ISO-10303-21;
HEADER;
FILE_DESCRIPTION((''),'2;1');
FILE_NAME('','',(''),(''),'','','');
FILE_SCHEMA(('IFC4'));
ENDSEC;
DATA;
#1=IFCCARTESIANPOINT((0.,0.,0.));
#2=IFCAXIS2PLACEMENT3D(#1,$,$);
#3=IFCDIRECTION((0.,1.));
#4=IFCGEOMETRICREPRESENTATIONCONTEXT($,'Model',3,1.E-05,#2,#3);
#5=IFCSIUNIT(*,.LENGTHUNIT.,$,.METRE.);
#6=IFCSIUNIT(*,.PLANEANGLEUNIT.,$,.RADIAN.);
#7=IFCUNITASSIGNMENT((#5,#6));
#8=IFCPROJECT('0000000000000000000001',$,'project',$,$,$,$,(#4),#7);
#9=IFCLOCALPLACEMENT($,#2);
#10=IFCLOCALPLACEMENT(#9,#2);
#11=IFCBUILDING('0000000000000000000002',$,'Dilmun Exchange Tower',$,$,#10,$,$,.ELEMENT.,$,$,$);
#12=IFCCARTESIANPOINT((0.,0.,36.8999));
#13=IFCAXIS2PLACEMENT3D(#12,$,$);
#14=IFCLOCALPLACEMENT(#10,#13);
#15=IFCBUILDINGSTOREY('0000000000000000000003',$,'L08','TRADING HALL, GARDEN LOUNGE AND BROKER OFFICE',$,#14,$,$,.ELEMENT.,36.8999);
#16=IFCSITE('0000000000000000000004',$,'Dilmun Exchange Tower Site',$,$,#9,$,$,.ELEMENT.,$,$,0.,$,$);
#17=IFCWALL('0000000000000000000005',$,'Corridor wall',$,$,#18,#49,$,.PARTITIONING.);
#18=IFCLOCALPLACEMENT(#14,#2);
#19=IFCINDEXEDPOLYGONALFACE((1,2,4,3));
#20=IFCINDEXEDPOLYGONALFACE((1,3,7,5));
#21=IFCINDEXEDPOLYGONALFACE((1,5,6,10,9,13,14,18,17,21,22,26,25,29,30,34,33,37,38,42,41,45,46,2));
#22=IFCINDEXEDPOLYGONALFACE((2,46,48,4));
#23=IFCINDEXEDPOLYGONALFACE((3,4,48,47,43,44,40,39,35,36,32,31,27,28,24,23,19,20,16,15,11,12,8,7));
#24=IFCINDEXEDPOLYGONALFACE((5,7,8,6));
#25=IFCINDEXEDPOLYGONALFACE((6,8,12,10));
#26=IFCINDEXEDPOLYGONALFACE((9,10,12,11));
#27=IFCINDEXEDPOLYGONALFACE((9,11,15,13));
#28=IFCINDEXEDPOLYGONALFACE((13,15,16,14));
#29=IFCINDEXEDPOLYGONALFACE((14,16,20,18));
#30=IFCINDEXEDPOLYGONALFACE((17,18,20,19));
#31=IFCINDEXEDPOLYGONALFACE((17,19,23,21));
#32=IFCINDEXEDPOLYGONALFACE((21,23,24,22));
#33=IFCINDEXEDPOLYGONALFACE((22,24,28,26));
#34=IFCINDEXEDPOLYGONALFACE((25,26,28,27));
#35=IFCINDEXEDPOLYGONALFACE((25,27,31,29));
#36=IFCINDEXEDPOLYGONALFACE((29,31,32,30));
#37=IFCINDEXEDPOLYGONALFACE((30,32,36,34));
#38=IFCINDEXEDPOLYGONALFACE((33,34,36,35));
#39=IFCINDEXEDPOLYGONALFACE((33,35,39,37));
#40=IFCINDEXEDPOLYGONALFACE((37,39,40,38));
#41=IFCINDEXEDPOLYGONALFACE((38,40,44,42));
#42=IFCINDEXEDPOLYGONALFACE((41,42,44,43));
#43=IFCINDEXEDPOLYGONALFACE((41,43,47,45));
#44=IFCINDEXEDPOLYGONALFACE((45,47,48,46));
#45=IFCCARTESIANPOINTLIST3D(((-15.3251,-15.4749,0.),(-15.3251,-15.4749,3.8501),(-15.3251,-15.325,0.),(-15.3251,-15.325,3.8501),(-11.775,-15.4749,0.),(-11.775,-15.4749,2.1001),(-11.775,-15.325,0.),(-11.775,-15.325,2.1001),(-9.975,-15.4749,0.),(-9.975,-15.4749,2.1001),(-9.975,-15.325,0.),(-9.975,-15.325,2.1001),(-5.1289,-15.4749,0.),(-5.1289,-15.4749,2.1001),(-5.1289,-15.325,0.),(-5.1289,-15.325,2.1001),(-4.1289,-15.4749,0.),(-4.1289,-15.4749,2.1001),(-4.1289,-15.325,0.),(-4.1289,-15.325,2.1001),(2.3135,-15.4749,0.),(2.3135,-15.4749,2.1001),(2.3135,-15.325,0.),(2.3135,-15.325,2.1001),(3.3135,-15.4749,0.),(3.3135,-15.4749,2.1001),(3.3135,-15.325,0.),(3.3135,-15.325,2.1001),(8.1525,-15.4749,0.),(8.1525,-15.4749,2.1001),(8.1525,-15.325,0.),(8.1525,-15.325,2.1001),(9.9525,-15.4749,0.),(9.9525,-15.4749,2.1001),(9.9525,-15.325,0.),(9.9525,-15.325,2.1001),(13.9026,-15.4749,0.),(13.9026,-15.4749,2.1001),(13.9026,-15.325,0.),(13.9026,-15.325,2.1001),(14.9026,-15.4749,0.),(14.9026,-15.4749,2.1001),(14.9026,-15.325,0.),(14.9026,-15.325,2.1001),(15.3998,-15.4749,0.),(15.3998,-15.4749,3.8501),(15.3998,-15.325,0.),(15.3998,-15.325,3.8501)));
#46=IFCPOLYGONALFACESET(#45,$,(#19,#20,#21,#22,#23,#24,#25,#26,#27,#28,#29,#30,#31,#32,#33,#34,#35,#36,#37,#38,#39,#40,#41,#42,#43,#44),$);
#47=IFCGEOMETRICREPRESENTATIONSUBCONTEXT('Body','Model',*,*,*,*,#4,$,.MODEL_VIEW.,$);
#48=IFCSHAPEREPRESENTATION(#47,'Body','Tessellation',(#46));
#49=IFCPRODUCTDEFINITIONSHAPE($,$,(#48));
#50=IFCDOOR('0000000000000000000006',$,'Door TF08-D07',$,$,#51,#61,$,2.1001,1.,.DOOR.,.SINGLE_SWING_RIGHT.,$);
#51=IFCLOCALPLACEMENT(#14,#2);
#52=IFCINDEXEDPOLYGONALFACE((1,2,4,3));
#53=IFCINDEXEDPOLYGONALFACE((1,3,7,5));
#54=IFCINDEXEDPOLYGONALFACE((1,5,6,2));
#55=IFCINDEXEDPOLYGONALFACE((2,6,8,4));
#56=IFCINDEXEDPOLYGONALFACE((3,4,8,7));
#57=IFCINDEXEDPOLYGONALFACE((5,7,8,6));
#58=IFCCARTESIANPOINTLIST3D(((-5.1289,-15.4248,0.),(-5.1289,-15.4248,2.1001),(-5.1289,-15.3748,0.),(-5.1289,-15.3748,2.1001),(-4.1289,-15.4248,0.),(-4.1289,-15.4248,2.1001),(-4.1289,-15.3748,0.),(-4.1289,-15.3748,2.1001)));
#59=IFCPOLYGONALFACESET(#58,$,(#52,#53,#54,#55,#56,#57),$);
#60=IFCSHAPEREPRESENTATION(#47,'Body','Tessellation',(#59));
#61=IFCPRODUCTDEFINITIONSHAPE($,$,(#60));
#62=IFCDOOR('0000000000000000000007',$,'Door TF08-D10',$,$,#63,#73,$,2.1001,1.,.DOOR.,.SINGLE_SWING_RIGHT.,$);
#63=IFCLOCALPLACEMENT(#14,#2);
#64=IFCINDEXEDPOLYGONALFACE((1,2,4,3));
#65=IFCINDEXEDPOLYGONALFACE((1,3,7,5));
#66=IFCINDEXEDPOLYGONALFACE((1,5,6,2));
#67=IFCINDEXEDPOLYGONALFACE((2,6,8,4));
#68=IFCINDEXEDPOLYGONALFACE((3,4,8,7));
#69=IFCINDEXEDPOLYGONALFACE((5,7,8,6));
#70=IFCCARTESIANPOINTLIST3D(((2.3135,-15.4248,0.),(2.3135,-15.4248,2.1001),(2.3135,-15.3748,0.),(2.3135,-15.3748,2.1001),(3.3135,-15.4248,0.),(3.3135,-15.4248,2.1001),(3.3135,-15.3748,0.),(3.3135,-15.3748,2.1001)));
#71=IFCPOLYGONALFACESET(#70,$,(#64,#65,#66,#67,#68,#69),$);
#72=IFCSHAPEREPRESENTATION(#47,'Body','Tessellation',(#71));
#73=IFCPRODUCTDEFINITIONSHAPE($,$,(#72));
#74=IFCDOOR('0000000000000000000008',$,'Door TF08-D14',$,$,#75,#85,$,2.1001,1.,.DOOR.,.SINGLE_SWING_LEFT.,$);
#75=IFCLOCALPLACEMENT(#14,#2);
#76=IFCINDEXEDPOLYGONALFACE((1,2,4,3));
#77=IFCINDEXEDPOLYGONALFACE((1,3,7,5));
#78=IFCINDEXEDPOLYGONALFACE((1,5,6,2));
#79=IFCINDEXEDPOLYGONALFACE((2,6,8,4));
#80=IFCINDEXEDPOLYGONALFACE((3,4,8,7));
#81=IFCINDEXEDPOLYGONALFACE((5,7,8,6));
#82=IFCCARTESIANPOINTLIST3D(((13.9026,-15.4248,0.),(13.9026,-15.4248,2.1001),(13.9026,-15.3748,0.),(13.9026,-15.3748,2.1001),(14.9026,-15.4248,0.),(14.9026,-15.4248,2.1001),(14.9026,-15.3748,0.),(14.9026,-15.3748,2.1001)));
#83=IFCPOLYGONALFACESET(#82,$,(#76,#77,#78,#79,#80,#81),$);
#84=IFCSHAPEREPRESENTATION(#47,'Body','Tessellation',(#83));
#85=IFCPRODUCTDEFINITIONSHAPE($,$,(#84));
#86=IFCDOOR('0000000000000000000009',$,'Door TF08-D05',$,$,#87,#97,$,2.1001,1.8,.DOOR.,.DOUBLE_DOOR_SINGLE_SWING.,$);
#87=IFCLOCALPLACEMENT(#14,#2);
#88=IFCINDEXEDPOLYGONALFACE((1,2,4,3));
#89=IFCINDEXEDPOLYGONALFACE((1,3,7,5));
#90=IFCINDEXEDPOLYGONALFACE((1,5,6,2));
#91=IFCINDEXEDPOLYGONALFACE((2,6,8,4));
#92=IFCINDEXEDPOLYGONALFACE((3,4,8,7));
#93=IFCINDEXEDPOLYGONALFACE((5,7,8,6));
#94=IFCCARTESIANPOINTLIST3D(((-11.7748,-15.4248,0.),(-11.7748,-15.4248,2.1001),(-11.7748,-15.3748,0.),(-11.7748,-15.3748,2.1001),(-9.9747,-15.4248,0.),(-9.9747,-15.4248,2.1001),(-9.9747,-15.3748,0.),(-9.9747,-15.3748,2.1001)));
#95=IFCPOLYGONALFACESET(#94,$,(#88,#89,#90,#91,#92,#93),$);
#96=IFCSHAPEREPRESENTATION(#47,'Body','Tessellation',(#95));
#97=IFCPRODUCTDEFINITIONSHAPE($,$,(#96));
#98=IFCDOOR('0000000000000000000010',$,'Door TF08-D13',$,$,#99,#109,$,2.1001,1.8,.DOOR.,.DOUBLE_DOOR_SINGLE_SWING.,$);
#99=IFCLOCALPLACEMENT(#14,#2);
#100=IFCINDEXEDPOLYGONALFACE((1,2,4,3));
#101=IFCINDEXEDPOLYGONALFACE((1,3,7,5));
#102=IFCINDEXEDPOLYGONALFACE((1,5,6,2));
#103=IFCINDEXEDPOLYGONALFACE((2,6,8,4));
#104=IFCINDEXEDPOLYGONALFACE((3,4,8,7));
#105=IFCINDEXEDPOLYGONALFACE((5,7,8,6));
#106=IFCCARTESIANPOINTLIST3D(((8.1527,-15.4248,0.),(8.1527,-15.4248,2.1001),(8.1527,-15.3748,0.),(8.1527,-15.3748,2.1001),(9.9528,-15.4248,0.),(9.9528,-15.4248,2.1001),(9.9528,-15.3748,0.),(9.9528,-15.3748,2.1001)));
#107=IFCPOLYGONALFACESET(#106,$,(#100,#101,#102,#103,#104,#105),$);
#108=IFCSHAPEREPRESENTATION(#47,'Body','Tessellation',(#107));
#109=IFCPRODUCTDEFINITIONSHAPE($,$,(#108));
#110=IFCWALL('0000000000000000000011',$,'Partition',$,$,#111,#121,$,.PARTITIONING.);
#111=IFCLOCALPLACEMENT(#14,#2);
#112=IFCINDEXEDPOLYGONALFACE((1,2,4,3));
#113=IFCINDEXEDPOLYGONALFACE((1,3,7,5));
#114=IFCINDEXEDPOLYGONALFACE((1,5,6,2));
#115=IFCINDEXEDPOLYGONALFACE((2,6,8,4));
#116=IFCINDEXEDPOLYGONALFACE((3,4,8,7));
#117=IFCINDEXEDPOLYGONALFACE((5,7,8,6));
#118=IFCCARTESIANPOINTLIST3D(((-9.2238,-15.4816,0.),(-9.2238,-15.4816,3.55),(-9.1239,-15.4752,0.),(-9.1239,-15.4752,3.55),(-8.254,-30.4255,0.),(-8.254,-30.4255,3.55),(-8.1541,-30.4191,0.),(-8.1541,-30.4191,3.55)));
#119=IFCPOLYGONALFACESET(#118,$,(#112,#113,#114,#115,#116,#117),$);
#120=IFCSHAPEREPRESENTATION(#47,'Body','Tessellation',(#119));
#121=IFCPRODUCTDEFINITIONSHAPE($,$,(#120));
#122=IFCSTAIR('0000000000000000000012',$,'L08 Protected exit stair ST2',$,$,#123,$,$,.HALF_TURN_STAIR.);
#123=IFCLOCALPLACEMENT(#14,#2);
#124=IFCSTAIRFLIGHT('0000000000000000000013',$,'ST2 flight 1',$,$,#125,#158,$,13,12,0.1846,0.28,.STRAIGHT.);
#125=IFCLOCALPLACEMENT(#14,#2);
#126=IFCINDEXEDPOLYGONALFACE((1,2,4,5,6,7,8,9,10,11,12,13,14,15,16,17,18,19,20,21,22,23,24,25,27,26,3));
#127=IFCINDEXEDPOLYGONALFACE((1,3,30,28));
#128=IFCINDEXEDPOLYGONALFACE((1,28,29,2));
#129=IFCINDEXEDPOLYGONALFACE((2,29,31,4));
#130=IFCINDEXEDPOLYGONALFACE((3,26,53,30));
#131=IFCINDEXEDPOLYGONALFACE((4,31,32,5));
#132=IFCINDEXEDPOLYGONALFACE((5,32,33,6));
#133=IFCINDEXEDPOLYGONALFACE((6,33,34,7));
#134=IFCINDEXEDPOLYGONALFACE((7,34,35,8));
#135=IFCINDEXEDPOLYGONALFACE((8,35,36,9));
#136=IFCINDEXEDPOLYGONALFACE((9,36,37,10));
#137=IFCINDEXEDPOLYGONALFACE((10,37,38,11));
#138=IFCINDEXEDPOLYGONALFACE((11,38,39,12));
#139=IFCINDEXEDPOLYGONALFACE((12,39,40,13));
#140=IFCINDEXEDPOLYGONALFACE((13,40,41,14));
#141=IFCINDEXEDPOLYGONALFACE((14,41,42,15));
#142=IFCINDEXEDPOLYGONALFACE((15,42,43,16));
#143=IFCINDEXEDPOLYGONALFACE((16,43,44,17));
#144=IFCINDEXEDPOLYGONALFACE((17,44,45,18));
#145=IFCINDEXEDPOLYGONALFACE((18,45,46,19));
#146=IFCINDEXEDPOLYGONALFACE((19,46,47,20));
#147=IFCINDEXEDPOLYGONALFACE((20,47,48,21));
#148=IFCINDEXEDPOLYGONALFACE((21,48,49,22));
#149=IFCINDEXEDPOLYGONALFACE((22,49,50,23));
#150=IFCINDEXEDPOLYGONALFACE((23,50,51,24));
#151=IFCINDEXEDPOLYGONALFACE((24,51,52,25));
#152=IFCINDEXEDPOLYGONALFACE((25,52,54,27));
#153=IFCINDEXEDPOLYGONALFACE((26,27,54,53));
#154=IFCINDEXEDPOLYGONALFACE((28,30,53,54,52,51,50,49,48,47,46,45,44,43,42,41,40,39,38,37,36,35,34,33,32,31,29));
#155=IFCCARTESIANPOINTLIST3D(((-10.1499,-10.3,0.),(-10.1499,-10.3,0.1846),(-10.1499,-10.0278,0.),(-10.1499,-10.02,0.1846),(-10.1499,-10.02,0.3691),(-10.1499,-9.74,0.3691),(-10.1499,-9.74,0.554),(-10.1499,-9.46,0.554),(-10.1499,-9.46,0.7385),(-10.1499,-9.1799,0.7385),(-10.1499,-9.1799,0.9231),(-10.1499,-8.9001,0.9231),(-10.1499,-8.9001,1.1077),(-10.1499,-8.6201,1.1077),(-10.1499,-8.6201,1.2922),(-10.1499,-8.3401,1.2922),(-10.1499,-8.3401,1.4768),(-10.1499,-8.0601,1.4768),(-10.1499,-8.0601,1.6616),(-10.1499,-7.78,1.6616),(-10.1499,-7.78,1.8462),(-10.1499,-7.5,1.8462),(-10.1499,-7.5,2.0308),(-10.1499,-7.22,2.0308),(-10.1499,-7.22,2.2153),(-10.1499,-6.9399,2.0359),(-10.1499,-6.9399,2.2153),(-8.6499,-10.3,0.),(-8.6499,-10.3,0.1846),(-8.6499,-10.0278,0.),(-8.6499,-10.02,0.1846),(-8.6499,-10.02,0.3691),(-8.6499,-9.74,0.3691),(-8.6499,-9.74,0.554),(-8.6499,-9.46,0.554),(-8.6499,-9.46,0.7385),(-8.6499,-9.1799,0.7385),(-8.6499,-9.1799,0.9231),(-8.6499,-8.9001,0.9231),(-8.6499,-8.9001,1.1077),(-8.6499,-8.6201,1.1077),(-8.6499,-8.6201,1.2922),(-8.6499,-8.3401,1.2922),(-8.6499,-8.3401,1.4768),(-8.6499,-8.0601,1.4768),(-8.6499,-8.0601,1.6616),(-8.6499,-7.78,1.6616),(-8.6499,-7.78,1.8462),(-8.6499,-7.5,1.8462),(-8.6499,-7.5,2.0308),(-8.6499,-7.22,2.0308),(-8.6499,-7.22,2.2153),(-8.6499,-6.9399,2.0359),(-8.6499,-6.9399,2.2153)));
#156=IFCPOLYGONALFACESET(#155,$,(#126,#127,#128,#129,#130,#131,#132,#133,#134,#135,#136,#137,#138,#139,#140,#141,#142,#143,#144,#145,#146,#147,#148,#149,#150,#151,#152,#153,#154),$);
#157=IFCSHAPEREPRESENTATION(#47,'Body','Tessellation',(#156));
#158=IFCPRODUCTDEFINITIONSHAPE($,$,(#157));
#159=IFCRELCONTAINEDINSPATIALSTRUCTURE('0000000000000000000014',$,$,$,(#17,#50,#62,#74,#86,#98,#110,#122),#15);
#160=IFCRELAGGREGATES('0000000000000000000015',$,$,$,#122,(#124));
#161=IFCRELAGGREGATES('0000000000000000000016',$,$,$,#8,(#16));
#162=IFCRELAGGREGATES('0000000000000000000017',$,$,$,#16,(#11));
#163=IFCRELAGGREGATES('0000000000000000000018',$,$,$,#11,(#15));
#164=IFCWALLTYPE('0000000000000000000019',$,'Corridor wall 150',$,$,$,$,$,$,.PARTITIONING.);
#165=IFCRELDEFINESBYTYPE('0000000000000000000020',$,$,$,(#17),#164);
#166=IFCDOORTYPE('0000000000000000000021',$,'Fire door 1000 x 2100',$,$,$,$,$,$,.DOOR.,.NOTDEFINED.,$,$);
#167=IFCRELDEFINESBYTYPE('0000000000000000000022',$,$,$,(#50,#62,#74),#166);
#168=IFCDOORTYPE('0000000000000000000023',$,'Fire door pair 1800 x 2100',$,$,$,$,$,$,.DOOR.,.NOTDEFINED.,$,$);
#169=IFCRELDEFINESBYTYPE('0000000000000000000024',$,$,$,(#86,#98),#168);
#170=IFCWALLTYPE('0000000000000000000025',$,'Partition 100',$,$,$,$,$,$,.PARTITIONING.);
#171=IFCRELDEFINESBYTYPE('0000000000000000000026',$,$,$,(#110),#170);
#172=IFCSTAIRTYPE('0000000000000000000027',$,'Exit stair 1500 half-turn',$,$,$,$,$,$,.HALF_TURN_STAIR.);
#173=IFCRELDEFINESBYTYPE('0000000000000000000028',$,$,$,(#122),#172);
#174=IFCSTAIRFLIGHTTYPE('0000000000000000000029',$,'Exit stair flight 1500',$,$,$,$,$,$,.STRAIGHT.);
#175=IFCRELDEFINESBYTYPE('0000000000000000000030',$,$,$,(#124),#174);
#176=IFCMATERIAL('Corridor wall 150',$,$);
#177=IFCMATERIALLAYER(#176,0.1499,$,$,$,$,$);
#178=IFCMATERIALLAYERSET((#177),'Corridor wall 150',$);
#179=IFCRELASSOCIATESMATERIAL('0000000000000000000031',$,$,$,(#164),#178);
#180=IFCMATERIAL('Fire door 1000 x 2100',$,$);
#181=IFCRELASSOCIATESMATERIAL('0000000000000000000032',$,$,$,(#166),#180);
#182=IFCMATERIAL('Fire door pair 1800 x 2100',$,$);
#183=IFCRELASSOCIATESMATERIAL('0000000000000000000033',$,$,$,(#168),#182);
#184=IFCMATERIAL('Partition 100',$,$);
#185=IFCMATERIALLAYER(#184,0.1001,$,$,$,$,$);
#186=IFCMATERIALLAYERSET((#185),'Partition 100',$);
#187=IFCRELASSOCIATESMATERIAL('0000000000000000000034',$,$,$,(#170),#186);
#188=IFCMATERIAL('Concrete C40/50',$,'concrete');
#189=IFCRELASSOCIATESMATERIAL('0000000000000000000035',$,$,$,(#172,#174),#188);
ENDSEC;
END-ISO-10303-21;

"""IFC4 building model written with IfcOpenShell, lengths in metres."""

from ifc_helpers import new_model, si_unit, direction, frame, frame_2d, origin, place, context, subcontext, project, spatial, polyline, rectangle, outline, extrude, material, layer, layer_set, type_object, element, fill, aggregate, save


model = new_model("IFC4")

# Units and contexts
model_context = context("Model", 3, precision=1e-05, world=origin(), true_north=direction((0.0, 1.0)))
body_context = subcontext(model_context, "Body", "Model", "MODEL_VIEW")
ifc_project = project(units=[si_unit("LENGTHUNIT", "METRE"), si_unit("PLANEANGLEUNIT", "RADIAN")], contexts=[model_context])

# Site, building, storey
site_placement = place(None, origin())
site = spatial("IfcSite", under=ifc_project, at=site_placement, Name="Dilmun Exchange Tower Site", CompositionType="ELEMENT", RefElevation=0.0)
building_placement = place(site_placement, origin())
building = spatial("IfcBuilding", under=site, at=building_placement, Name="Dilmun Exchange Tower", CompositionType="ELEMENT")
storey_placement = place(building_placement, frame((0.0, 0.0, 36.8999)))
storey = spatial("IfcBuildingStorey", under=building, at=storey_placement, Name="L08", Description="TRADING HALL, GARDEN LOUNGE AND BROKER OFFICE", CompositionType="ELEMENT", Elevation=36.8999)

# Shared definitions
ifc_material_1 = material(Name="Concrete C40/50", Category="concrete")

# Wall, openings, doors
ifc_material_2 = material(Name="Corridor wall 150")
ifc_layer_1 = layer(ifc_material_2, 0.1499)
ifc_layer_set_1 = layer_set([ifc_layer_1], Name="Corridor wall 150")
wall_type_1 = type_object("IfcWallType", Name="Corridor wall 150", PredefinedType="PARTITIONING", material=ifc_layer_set_1)
ifc_material_3 = material(Name="Fire door 1000 x 2100")
door_type_1 = type_object("IfcDoorType", Name="Fire door 1000 x 2100", OperationType="NOTDEFINED", PredefinedType="DOOR", material=ifc_material_3)
wall_1_placement = place(storey_placement, frame((-15.325, -15.3999, 0.0), z_axis=(0.0, 0.0, 1.0), x_axis=(1.0, 0.0, 0.0)))
wall_1 = element("IfcWall", 1, at=wall_1_placement, inside=storey, type_object=wall_type_1, Name="Corridor wall", PredefinedType="PARTITIONING", context=body_context, shape_type="SweptSolid", body=[
    extrude(rectangle(XDim=30.7249, YDim=0.1499, at=frame_2d((15.3623, 0.0))), origin(), (0.0, 0.0, 1.0), 3.8501),
])
opening_1_placement = place(wall_1_placement, frame((3.55, 0.0, 0.0)))
opening_1 = element("IfcOpeningElement", 2, at=opening_1_placement, cuts=wall_1, PredefinedType="OPENING", context=body_context, shape_type="SweptSolid", body=[
    extrude(rectangle(XDim=1.8, YDim=2.1001, at=frame_2d((0.8999, 1.05))), frame((0.0, 0.085, 0.0), z_axis=(0.0, -1.0, 0.0), x_axis=(1.0, 0.0, 0.0)), (0.0, 0.0, 1.0), 0.1699),
])
opening_2_placement = place(wall_1_placement, frame((10.196, 0.0, 0.0)))
opening_2 = element("IfcOpeningElement", 3, at=opening_2_placement, cuts=wall_1, PredefinedType="OPENING", context=body_context, shape_type="SweptSolid", body=[
    extrude(rectangle(XDim=1.0, YDim=2.1001, at=frame_2d((0.5, 1.05))), frame((0.0, 0.085, 0.0), z_axis=(0.0, -1.0, 0.0), x_axis=(1.0, 0.0, 0.0)), (0.0, 0.0, 1.0), 0.1699),
])
opening_3_placement = place(wall_1_placement, frame((17.6384, 0.0, 0.0)))
opening_3 = element("IfcOpeningElement", 4, at=opening_3_placement, cuts=wall_1, PredefinedType="OPENING", context=body_context, shape_type="SweptSolid", body=[
    extrude(rectangle(XDim=1.0, YDim=2.1001, at=frame_2d((0.5, 1.05))), frame((0.0, 0.085, 0.0), z_axis=(0.0, -1.0, 0.0), x_axis=(1.0, 0.0, 0.0)), (0.0, 0.0, 1.0), 0.1699),
])
opening_4_placement = place(wall_1_placement, frame((23.4775, 0.0, 0.0)))
opening_4 = element("IfcOpeningElement", 5, at=opening_4_placement, cuts=wall_1, PredefinedType="OPENING", context=body_context, shape_type="SweptSolid", body=[
    extrude(rectangle(XDim=1.8, YDim=2.1001, at=frame_2d((0.8999, 1.05))), frame((0.0, 0.085, 0.0), z_axis=(0.0, -1.0, 0.0), x_axis=(1.0, 0.0, 0.0)), (0.0, 0.0, 1.0), 0.1699),
])
opening_5_placement = place(wall_1_placement, frame((29.2275, 0.0, 0.0)))
opening_5 = element("IfcOpeningElement", 6, at=opening_5_placement, cuts=wall_1, PredefinedType="OPENING", context=body_context, shape_type="SweptSolid", body=[
    extrude(rectangle(XDim=1.0, YDim=2.1001, at=frame_2d((0.5, 1.05))), frame((0.0, 0.085, 0.0), z_axis=(0.0, -1.0, 0.0), x_axis=(1.0, 0.0, 0.0)), (0.0, 0.0, 1.0), 0.1699),
])
door_1_placement = place(opening_2_placement, frame((1.0, 0.0, 0.0), z_axis=(0.0, 0.0, 1.0), x_axis=(-1.0, 0.0, 0.0)))
door_1 = element("IfcDoor", 7, at=door_1_placement, inside=storey, type_object=door_type_1, Name="Door TF08-D07", OperationType="SINGLE_SWING_RIGHT", OverallHeight=2.1001, OverallWidth=1.0, PredefinedType="DOOR", context=body_context, shape_type="SweptSolid", body=[
    extrude(rectangle(XDim=1.0, YDim=2.1001, at=frame_2d((0.5, 1.05))), frame((0.0, 0.0249, 0.0), z_axis=(0.0, -1.0, 0.0), x_axis=(1.0, 0.0, 0.0)), (0.0, 0.0, 1.0), 0.05),
])
fill(opening_2, door_1)
door_2_placement = place(opening_3_placement, frame((1.0, 0.0, 0.0), z_axis=(0.0, 0.0, 1.0), x_axis=(-1.0, 0.0, 0.0)))
door_2 = element("IfcDoor", 8, at=door_2_placement, inside=storey, type_object=door_type_1, Name="Door TF08-D10", OperationType="SINGLE_SWING_RIGHT", OverallHeight=2.1001, OverallWidth=1.0, PredefinedType="DOOR", context=body_context, shape_type="SweptSolid", body=[
    extrude(rectangle(XDim=1.0, YDim=2.1001, at=frame_2d((0.5, 1.05))), frame((0.0, 0.0249, 0.0), z_axis=(0.0, -1.0, 0.0), x_axis=(1.0, 0.0, 0.0)), (0.0, 0.0, 1.0), 0.05),
])
fill(opening_3, door_2)
door_3_placement = place(opening_5_placement, frame((1.0, 0.0, 0.0), z_axis=(0.0, 0.0, 1.0), x_axis=(-1.0, 0.0, 0.0)))
door_3 = element("IfcDoor", 9, at=door_3_placement, inside=storey, type_object=door_type_1, Name="Door TF08-D14", OperationType="SINGLE_SWING_LEFT", OverallHeight=2.1001, OverallWidth=1.0, PredefinedType="DOOR", context=body_context, shape_type="SweptSolid", body=[
    extrude(rectangle(XDim=1.0, YDim=2.1001, at=frame_2d((0.5, 1.05))), frame((0.0, 0.0249, 0.0), z_axis=(0.0, -1.0, 0.0), x_axis=(1.0, 0.0, 0.0)), (0.0, 0.0, 1.0), 0.05),
])
fill(opening_5, door_3)
ifc_material_4 = material(Name="Fire door pair 1800 x 2100")
door_type_2 = type_object("IfcDoorType", Name="Fire door pair 1800 x 2100", OperationType="NOTDEFINED", PredefinedType="DOOR", material=ifc_material_4)
door_4_placement = place(opening_1_placement, frame((1.8, 0.0, 0.0), z_axis=(0.0, 0.0, 1.0), x_axis=(-1.0, 0.0, 0.0)))
door_4 = element("IfcDoor", 10, at=door_4_placement, inside=storey, type_object=door_type_2, Name="Door TF08-D05", OperationType="DOUBLE_DOOR_SINGLE_SWING", OverallHeight=2.1001, OverallWidth=1.8, PredefinedType="DOOR", context=body_context, shape_type="SweptSolid", body=[
    extrude(rectangle(XDim=1.8, YDim=2.1001, at=frame_2d((0.8999, 1.05))), frame((0.0, 0.0249, 0.0), z_axis=(0.0, -1.0, 0.0), x_axis=(1.0, 0.0, 0.0)), (0.0, 0.0, 1.0), 0.05),
])
fill(opening_1, door_4)
door_5_placement = place(opening_4_placement, frame((1.8, 0.0, 0.0), z_axis=(0.0, 0.0, 1.0), x_axis=(-1.0, 0.0, 0.0)))
door_5 = element("IfcDoor", 11, at=door_5_placement, inside=storey, type_object=door_type_2, Name="Door TF08-D13", OperationType="DOUBLE_DOOR_SINGLE_SWING", OverallHeight=2.1001, OverallWidth=1.8, PredefinedType="DOOR", context=body_context, shape_type="SweptSolid", body=[
    extrude(rectangle(XDim=1.8, YDim=2.1001, at=frame_2d((0.8999, 1.05))), frame((0.0, 0.0249, 0.0), z_axis=(0.0, -1.0, 0.0), x_axis=(1.0, 0.0, 0.0)), (0.0, 0.0, 1.0), 0.05),
])
fill(opening_4, door_5)

# Wall
ifc_material_5 = material(Name="Partition 100")
ifc_layer_2 = layer(ifc_material_5, 0.1001)
ifc_layer_set_2 = layer_set([ifc_layer_2], Name="Partition 100")
wall_type_2 = type_object("IfcWallType", Name="Partition 100", PredefinedType="PARTITIONING", material=ifc_layer_set_2)
wall_2_placement = place(storey_placement, frame((-9.1738, -15.4783, 0.0), z_axis=(0.0, 0.0, 1.0), x_axis=(0.064755, -0.997901, 0.0)))
element("IfcWall", 12, at=wall_2_placement, inside=storey, type_object=wall_type_2, Name="Partition", PredefinedType="PARTITIONING", context=body_context, shape_type="SweptSolid", body=[
    extrude(rectangle(XDim=14.9753, YDim=0.1001, at=frame_2d((7.4878, 0.0))), origin(), (0.0, 0.0, 1.0), 3.55),
])

# Stair, stair flight
stair_type = type_object("IfcStairType", Name="Exit stair 1500 half-turn", PredefinedType="HALF_TURN_STAIR", material=ifc_material_1)
stair_placement = place(storey_placement, origin())
stair = element("IfcStair", 13, at=stair_placement, inside=storey, type_object=stair_type, Name="L08 Protected exit stair ST2", PredefinedType="HALF_TURN_STAIR")
stair_flight_type = type_object("IfcStairFlightType", Name="Exit stair flight 1500", PredefinedType="STRAIGHT", material=ifc_material_1)
stair_flight_placement = place(storey_placement, frame((-9.3999, -10.3, 0.0), z_axis=(0.0, 0.0, 1.0), x_axis=(0.0, 1.0, 0.0)))
stair_flight = element("IfcStairFlight", 14, at=stair_flight_placement, type_object=stair_flight_type, Name="ST2 flight 1", NumberOfRisers=13, NumberOfTreads=12, PredefinedType="STRAIGHT", RiserHeight=0.1846, TreadLength=0.28, context=body_context, shape_type="SweptSolid", body=[
    extrude(outline(polyline([(0.0, 0.0), (0.0, 0.1846), (0.28, 0.1846), (0.28, 0.3691), (0.5601, 0.3691), (0.5601, 0.554), (0.8401, 0.554), (0.8401, 0.7385), (1.1201, 0.7385), (1.1201, 0.9231), (1.3999, 0.9231), (1.3999, 1.1077), (1.6799, 1.1077), (1.6799, 1.2922), (1.96, 1.2922), (1.96, 1.4768), (2.24, 1.4768), (2.24, 1.6616), (2.52, 1.6616), (2.52, 1.8462), (2.8, 1.8462), (2.8, 2.0308), (3.0801, 2.0308), (3.0801, 2.2153), (3.3601, 2.2153), (3.3601, 2.3999), (3.3601, 2.0359), (0.2722, 0.0), (0.0, 0.0)])), frame((0.0, 0.75, 0.0), z_axis=(0.0, -1.0, 0.0), x_axis=(1.0, 0.0, 0.0)), (0.0, 0.0, 1.0), 1.5),
])
aggregate(stair, [stair_flight])

save(model, "model.ifc")
